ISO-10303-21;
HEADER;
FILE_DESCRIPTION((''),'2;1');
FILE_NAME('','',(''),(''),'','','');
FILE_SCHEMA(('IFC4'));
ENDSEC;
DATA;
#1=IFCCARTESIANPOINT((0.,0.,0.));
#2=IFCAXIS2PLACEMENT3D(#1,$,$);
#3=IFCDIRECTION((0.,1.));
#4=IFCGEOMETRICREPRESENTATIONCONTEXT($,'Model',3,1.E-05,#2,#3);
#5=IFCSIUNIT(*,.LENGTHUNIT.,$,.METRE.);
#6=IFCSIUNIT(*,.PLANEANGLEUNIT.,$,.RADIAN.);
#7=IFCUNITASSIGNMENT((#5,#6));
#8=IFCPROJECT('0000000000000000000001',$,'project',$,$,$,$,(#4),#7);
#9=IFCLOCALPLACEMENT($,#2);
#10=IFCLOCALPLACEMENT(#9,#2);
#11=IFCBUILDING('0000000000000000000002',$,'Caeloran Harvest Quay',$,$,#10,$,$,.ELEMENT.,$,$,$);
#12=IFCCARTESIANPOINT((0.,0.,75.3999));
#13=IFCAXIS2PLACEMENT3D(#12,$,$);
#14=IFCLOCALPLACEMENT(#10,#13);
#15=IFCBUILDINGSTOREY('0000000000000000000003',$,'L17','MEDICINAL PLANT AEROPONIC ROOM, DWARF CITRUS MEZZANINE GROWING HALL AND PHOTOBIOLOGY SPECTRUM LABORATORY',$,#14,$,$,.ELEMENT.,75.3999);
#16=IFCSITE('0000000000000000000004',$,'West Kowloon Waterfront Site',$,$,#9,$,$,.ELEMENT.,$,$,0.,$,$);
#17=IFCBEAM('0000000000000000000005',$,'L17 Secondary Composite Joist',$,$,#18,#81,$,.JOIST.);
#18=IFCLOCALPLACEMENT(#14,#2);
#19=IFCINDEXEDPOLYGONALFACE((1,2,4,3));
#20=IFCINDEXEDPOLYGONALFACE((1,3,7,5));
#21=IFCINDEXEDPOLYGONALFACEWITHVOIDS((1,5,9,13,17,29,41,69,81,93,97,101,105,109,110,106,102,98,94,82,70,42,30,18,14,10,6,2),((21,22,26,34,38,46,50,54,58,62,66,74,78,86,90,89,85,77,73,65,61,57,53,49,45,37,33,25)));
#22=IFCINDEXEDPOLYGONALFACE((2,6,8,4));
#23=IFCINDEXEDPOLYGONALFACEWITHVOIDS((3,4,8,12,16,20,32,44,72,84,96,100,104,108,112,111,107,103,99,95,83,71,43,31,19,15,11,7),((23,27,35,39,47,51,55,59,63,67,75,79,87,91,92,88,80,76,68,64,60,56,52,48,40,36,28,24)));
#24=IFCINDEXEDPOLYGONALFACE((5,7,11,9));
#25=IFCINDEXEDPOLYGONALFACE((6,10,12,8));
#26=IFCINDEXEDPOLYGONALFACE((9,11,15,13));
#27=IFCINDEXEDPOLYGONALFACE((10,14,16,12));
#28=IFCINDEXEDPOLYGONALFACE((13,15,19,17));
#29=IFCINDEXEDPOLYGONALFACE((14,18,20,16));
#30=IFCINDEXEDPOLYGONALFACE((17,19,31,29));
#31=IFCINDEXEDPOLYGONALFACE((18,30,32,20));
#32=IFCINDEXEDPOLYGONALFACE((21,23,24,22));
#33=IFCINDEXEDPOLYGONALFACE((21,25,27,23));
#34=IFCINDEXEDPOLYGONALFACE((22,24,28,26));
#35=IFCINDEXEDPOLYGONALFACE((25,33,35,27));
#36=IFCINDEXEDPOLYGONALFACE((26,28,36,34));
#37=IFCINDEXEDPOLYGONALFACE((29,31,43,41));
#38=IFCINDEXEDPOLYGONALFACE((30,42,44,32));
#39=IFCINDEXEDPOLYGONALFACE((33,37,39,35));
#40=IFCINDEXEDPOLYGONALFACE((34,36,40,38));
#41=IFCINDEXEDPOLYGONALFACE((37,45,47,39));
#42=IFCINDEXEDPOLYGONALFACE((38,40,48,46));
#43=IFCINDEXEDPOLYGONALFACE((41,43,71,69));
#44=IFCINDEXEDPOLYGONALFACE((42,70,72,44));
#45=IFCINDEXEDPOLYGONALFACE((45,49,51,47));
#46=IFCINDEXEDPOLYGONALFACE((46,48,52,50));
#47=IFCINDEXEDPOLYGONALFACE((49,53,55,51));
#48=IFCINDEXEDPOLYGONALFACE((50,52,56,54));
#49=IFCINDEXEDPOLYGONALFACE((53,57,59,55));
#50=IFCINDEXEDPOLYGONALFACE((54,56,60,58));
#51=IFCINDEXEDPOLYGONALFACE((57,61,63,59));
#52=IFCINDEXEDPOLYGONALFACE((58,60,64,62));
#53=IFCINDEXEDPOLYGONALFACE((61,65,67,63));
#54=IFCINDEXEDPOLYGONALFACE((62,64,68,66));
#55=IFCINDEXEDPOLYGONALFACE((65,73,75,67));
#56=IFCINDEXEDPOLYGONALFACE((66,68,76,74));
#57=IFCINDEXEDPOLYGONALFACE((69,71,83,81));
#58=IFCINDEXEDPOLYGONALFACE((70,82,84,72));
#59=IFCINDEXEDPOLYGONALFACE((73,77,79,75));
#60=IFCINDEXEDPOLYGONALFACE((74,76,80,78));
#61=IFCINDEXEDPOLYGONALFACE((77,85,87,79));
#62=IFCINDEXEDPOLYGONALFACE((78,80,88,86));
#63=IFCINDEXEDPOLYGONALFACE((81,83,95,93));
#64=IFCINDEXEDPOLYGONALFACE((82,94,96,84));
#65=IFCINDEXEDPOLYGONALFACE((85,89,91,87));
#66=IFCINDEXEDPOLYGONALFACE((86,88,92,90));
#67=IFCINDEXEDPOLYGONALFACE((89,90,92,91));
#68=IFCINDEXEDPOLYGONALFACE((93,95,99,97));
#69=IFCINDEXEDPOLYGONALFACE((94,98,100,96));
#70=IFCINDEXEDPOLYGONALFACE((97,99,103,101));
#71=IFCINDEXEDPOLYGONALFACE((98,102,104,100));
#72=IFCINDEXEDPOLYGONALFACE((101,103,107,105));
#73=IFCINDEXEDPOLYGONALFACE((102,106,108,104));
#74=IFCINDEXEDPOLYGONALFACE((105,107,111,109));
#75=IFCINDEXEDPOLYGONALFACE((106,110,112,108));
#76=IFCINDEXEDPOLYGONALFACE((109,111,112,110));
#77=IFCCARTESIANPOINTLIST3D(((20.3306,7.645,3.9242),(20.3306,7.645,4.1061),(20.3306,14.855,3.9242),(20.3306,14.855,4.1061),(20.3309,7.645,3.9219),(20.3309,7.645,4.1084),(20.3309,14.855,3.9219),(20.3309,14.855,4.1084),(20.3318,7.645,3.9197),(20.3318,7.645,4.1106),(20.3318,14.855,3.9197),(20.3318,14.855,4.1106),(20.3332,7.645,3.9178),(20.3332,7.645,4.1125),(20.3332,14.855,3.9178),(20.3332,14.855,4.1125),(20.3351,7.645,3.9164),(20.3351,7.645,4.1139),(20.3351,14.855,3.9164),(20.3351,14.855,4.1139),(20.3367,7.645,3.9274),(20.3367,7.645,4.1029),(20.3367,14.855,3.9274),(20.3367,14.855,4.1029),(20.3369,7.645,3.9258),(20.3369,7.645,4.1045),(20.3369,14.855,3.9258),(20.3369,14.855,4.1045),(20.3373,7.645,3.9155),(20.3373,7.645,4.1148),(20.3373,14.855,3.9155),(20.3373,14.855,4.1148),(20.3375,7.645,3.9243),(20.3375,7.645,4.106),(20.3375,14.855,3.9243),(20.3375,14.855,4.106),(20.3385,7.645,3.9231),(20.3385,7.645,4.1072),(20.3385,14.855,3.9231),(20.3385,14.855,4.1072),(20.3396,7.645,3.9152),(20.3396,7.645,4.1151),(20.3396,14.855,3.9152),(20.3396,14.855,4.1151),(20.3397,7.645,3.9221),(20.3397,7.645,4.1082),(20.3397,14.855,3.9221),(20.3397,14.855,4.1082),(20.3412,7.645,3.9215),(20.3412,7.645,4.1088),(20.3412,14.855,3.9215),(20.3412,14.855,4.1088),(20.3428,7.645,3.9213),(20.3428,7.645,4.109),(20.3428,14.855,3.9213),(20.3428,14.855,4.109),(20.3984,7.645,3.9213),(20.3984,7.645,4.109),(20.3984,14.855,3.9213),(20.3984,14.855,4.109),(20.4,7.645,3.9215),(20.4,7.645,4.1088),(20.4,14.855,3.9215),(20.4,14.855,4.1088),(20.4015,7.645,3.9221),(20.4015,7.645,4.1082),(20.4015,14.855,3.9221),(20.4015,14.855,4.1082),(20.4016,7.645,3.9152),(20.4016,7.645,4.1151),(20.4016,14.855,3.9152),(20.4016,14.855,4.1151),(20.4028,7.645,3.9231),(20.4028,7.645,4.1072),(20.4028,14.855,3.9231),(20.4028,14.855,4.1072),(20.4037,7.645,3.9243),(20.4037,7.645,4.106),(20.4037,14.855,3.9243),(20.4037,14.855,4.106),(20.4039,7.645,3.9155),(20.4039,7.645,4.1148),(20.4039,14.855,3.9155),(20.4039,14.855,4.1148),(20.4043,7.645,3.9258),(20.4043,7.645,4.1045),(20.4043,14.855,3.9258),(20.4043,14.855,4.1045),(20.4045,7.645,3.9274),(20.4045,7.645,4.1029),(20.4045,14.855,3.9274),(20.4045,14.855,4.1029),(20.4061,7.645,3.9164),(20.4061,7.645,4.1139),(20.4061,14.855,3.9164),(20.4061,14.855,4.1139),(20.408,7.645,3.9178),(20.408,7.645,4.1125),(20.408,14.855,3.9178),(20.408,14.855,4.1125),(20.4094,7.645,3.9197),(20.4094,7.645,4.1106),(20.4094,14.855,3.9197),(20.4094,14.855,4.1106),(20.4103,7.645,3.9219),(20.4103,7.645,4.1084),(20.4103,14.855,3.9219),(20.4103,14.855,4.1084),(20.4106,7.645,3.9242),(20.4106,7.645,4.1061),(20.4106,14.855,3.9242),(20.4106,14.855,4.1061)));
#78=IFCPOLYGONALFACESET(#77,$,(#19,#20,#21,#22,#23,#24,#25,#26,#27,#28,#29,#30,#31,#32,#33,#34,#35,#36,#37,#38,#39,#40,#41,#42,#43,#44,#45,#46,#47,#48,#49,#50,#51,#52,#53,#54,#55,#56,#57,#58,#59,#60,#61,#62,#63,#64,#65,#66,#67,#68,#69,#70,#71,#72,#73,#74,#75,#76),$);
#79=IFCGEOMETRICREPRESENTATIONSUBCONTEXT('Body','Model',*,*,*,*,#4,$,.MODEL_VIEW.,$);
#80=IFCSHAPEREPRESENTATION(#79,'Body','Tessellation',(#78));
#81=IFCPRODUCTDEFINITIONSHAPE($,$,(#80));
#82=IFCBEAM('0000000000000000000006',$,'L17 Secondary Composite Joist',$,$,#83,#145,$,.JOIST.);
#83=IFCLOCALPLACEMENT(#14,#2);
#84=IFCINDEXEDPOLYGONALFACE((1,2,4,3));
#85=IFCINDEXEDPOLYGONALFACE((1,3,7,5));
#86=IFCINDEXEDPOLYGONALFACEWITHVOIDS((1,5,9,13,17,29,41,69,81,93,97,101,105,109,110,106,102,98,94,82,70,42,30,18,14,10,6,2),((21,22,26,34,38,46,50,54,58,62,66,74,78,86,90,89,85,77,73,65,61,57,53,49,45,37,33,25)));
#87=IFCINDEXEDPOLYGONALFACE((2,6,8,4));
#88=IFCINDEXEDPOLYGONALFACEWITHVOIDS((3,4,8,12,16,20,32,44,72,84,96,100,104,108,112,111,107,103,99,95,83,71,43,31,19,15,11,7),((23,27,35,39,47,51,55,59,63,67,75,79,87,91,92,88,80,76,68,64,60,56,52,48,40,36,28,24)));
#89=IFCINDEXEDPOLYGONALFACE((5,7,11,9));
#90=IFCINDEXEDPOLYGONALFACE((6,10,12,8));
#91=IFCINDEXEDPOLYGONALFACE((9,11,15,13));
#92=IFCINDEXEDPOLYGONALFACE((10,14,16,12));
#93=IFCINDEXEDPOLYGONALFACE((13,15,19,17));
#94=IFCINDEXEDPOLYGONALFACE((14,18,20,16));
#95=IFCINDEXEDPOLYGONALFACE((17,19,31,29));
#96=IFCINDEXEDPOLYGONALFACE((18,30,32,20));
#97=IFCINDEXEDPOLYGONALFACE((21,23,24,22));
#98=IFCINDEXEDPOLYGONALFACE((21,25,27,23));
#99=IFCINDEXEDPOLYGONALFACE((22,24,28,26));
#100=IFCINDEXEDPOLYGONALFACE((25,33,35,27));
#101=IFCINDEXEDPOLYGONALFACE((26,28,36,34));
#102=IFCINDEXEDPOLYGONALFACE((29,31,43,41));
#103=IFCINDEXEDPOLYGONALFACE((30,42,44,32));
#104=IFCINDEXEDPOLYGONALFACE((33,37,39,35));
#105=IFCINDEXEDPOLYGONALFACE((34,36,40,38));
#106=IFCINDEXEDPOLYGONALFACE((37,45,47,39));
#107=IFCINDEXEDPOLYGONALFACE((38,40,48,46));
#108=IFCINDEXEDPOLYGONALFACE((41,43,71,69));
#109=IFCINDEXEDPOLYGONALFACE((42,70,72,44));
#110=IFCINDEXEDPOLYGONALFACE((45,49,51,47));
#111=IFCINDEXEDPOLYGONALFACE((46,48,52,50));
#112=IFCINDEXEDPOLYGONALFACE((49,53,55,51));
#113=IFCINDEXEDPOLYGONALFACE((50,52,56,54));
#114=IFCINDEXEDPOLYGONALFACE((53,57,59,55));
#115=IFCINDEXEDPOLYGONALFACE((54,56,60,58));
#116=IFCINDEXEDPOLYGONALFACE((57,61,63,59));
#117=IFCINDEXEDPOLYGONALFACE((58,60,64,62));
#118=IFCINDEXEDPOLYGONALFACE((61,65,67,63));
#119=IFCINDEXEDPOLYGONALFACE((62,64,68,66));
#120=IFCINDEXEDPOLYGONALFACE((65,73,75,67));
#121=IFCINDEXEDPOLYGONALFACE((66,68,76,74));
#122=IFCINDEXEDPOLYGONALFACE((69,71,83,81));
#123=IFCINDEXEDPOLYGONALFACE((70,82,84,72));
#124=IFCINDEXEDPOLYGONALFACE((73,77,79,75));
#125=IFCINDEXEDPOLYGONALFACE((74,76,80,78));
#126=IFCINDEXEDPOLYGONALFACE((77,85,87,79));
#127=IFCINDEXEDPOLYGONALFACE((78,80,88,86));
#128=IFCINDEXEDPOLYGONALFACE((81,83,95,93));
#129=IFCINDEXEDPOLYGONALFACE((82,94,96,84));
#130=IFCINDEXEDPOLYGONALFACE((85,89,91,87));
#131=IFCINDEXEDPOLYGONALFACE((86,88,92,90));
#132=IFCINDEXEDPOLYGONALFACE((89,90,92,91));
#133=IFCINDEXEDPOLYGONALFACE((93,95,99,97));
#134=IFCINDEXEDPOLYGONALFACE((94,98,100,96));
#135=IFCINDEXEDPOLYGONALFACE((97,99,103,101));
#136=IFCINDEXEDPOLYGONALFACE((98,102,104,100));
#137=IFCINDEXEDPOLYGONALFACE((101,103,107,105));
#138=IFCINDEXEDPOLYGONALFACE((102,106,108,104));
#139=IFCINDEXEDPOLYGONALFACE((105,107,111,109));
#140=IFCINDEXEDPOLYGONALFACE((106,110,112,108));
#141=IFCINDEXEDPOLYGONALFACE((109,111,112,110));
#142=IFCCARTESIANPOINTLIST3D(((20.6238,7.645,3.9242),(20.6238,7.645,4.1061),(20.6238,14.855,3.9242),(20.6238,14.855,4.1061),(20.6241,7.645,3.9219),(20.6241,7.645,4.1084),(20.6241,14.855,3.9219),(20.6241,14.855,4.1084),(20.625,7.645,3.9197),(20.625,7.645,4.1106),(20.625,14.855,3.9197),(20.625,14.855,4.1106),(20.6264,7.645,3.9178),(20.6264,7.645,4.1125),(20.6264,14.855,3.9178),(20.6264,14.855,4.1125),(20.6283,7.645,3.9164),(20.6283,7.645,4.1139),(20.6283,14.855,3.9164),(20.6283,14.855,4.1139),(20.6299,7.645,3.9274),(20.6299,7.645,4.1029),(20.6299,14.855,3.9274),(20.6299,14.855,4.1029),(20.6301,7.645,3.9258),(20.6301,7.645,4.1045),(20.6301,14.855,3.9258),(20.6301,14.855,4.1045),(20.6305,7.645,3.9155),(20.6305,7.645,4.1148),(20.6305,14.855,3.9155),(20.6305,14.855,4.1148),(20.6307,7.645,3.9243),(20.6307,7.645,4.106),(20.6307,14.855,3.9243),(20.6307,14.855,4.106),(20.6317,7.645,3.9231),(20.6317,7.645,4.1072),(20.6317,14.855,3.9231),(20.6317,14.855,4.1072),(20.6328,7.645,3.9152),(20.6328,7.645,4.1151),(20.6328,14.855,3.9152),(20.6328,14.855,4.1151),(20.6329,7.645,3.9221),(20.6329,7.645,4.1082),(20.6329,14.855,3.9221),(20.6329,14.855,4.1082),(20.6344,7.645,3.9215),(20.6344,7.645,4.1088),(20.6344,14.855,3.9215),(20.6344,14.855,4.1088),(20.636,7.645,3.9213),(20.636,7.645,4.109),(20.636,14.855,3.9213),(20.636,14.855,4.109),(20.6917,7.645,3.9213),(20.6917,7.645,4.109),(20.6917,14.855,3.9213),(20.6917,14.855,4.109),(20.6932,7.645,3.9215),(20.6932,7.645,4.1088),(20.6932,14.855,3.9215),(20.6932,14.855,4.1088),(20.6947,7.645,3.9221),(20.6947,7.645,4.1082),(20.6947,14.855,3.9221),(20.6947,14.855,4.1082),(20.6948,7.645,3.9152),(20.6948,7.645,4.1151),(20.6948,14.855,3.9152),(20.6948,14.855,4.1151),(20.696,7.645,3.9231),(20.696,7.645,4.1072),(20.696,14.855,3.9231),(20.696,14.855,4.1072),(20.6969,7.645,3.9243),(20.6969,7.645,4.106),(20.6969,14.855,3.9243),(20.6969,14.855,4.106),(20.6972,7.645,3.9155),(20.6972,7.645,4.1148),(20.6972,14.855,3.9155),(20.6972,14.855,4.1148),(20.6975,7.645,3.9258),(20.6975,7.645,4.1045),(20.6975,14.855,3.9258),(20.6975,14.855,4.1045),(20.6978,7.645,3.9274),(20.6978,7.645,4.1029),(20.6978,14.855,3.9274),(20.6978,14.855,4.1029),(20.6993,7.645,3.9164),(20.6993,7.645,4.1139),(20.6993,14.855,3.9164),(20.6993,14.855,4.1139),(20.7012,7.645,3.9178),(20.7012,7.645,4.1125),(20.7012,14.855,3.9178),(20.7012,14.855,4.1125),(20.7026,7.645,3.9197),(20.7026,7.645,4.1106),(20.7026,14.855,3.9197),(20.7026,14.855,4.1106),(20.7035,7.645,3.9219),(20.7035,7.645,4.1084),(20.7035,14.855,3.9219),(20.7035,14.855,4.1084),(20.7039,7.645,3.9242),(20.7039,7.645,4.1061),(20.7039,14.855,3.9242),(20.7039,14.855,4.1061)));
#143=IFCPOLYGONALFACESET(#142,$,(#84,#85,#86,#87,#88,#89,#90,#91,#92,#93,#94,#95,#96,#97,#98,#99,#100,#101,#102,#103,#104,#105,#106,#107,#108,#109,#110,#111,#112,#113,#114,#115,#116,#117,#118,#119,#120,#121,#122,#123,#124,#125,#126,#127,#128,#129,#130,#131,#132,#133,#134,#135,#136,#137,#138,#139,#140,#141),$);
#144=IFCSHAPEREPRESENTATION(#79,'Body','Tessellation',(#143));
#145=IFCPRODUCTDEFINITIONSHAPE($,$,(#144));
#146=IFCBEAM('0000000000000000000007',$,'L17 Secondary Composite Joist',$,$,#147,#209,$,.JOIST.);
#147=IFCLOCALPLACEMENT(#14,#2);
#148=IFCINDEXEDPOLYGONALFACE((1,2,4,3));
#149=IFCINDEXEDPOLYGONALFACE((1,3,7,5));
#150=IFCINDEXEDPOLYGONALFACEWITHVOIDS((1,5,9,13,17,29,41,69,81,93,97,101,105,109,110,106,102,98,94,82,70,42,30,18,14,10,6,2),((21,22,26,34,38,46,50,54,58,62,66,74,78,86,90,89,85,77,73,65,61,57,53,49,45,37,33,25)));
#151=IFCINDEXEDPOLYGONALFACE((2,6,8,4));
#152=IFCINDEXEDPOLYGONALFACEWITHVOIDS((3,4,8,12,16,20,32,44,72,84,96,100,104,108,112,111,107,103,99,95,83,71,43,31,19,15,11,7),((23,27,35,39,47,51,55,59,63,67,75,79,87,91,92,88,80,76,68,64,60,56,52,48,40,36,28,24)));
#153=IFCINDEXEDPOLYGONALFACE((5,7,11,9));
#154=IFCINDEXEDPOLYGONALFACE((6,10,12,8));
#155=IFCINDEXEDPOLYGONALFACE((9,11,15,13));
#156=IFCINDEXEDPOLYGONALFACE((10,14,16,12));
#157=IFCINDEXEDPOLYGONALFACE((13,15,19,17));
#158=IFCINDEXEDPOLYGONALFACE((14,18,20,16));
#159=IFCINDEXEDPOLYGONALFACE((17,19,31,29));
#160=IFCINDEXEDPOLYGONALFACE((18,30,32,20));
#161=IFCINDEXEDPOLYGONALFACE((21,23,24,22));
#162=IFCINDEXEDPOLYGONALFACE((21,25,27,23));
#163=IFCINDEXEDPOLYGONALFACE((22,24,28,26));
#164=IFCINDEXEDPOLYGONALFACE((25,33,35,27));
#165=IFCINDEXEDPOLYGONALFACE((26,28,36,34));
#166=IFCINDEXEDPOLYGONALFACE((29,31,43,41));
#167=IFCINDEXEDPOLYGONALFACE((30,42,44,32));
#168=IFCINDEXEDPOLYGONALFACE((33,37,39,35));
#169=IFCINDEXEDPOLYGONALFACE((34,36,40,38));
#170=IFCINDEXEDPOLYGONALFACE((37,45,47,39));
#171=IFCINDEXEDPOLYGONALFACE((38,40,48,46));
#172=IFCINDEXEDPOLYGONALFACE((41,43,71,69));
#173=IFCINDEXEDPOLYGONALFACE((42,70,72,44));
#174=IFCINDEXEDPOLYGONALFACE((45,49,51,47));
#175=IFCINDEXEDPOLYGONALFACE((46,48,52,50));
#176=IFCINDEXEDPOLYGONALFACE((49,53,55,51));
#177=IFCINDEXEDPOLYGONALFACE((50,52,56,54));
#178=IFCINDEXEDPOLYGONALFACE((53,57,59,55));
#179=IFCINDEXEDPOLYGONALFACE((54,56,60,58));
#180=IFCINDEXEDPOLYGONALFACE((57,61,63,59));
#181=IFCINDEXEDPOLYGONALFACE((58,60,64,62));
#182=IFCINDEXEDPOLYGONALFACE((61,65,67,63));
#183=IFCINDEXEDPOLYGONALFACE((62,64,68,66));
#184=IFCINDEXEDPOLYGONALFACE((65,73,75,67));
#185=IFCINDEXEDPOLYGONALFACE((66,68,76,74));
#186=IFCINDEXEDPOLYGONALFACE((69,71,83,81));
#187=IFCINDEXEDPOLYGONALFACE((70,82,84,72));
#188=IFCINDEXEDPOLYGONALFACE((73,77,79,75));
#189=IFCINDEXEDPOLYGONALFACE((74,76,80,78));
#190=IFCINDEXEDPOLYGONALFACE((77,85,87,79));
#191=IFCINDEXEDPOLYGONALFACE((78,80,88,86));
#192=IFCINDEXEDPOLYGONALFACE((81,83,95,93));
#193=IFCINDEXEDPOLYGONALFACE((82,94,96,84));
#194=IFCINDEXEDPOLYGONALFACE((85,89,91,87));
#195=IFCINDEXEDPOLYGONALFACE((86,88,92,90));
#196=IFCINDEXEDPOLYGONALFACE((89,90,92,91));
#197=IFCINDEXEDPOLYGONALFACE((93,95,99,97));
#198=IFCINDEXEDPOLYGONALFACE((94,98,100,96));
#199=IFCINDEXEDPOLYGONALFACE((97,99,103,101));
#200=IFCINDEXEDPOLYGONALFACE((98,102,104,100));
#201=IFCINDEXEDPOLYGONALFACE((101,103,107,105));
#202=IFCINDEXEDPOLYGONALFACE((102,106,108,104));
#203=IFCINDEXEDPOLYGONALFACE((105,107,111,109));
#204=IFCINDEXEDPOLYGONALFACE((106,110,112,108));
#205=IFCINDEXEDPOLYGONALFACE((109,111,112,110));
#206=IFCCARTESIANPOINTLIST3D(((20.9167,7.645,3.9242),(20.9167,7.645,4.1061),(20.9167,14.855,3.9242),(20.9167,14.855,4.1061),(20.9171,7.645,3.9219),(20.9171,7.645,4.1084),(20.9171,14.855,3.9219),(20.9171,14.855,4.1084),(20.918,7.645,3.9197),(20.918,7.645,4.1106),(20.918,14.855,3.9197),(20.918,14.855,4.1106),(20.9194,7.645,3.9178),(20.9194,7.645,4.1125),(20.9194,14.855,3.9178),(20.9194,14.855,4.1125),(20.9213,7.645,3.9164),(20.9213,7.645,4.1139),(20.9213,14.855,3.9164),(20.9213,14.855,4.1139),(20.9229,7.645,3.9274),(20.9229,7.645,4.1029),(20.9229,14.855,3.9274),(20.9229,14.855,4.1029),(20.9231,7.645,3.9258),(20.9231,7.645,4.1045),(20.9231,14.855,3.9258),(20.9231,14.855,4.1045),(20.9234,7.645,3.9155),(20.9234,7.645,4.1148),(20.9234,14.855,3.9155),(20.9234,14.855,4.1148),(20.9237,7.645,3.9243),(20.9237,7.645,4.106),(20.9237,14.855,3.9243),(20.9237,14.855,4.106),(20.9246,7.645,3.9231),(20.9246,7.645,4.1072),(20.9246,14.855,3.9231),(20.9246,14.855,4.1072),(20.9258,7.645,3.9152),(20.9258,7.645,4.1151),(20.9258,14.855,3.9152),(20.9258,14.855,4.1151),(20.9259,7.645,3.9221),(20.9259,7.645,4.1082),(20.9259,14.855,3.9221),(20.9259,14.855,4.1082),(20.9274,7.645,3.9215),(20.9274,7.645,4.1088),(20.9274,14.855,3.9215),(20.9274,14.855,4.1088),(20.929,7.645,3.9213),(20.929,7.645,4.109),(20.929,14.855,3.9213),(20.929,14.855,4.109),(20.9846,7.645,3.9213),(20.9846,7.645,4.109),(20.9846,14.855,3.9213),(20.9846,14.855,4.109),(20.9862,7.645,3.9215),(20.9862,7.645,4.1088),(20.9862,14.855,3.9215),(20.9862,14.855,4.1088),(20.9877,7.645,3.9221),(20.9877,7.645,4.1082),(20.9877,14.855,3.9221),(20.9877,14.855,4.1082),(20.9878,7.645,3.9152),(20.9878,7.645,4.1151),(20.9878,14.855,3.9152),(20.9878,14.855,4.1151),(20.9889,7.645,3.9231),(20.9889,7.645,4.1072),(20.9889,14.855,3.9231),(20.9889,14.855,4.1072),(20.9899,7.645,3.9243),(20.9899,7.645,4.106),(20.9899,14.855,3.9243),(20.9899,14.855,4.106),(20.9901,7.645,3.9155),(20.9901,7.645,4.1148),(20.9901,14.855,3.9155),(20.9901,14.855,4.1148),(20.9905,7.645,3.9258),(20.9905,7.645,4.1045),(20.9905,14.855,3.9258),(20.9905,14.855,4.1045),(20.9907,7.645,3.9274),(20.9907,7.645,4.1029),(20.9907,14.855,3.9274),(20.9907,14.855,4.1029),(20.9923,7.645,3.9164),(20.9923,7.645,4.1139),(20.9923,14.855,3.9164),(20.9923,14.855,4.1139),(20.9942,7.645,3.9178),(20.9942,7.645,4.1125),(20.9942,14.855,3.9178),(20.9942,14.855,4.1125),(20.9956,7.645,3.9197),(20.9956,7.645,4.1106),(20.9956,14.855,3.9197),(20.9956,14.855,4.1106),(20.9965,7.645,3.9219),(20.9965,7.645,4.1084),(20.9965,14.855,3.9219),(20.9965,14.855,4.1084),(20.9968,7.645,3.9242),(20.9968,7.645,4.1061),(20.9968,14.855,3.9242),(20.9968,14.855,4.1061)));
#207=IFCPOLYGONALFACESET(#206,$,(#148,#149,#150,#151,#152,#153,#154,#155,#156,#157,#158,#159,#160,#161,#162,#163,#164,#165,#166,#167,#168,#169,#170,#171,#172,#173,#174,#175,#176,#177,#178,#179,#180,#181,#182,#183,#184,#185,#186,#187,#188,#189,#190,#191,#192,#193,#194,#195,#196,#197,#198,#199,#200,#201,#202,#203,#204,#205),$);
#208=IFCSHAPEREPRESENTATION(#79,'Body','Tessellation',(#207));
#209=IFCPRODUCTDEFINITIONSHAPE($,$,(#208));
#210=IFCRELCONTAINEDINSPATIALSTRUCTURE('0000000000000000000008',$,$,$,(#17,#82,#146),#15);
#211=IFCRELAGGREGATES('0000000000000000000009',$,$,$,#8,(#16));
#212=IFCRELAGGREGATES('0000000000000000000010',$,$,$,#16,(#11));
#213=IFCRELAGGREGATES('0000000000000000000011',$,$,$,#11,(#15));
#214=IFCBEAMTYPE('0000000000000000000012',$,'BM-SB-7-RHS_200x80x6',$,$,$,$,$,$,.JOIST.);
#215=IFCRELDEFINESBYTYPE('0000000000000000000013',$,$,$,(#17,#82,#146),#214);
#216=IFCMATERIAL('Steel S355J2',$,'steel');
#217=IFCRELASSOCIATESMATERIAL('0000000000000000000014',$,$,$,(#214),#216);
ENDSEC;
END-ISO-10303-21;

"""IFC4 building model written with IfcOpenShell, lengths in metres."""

from ifc_helpers import new_model, si_unit, direction, frame, origin, origin_2d, place, context, subcontext, project, spatial, hollow_rectangle, extrude, material, material_profile, profile_set, type_object, element, save


model = new_model("IFC4")

# Units and contexts
model_context = context("Model", 3, precision=1e-05, world=origin(), true_north=direction((0.0, 1.0)))
body_context = subcontext(model_context, "Body", "Model", "MODEL_VIEW")
ifc_project = project(units=[si_unit("LENGTHUNIT", "METRE"), si_unit("PLANEANGLEUNIT", "RADIAN")], contexts=[model_context])

# Site, building, storey
site_placement = place(None, origin())
site = spatial("IfcSite", under=ifc_project, at=site_placement, Name="West Kowloon Waterfront Site", CompositionType="ELEMENT", RefElevation=0.0)
building_placement = place(site_placement, origin())
building = spatial("IfcBuilding", under=site, at=building_placement, Name="Caeloran Harvest Quay", CompositionType="ELEMENT")
storey_placement = place(building_placement, frame((0.0, 0.0, 75.3999)))
storey = spatial("IfcBuildingStorey", under=building, at=storey_placement, Name="L17", Description="MEDICINAL PLANT AEROPONIC ROOM, DWARF CITRUS MEZZANINE GROWING HALL AND PHOTOBIOLOGY SPECTRUM LABORATORY", CompositionType="ELEMENT", Elevation=75.3999)

# Beams
ifc_material_1 = material(Name="Steel S355J2", Category="steel")
ifc_material_profile_1 = material_profile(ifc_material_1, hollow_rectangle(XDim=0.0801, YDim=0.2, WallThickness=0.0061, InnerFilletRadius=0.0061, OuterFilletRadius=0.009, at=origin_2d()), Name="RHS 200x80x6")
ifc_profile_set_1 = profile_set([ifc_material_profile_1], Name="Steel S355J2")
beam_type_1 = type_object("IfcBeamType", Name="BM-SB-7-RHS_200x80x6", PredefinedType="JOIST", material=ifc_profile_set_1)
for number, where, z_axis, x_axis, name in (
    (1, (20.3706, 7.645, 4.0151), (0.0, 1.0, 0.0), (-1.0, 0.0, 0.0), "L17 Secondary Composite Joist"),
    (2, (20.6638, 7.645, 4.0151), (0.0, 1.0, 0.0), (-1.0, 0.0, 0.0), "L17 Secondary Composite Joist"),
    (3, (20.9568, 7.645, 4.0151), (0.0, 1.0, 0.0), (-1.0, 0.0, 0.0), "L17 Secondary Composite Joist"),
):
    element("IfcBeam", number, at=place(storey_placement, frame(where, z_axis=z_axis, x_axis=x_axis)), inside=storey, type_object=beam_type_1, Name=name, PredefinedType="JOIST", context=body_context, shape_type="SweptSolid", body=[
        extrude(hollow_rectangle(XDim=0.0801, YDim=0.2, WallThickness=0.0061, InnerFilletRadius=0.0061, OuterFilletRadius=0.009, at=origin_2d()), origin(), (0.0, 0.0, 1.0), 7.21),
    ])

save(model, "model.ifc")
